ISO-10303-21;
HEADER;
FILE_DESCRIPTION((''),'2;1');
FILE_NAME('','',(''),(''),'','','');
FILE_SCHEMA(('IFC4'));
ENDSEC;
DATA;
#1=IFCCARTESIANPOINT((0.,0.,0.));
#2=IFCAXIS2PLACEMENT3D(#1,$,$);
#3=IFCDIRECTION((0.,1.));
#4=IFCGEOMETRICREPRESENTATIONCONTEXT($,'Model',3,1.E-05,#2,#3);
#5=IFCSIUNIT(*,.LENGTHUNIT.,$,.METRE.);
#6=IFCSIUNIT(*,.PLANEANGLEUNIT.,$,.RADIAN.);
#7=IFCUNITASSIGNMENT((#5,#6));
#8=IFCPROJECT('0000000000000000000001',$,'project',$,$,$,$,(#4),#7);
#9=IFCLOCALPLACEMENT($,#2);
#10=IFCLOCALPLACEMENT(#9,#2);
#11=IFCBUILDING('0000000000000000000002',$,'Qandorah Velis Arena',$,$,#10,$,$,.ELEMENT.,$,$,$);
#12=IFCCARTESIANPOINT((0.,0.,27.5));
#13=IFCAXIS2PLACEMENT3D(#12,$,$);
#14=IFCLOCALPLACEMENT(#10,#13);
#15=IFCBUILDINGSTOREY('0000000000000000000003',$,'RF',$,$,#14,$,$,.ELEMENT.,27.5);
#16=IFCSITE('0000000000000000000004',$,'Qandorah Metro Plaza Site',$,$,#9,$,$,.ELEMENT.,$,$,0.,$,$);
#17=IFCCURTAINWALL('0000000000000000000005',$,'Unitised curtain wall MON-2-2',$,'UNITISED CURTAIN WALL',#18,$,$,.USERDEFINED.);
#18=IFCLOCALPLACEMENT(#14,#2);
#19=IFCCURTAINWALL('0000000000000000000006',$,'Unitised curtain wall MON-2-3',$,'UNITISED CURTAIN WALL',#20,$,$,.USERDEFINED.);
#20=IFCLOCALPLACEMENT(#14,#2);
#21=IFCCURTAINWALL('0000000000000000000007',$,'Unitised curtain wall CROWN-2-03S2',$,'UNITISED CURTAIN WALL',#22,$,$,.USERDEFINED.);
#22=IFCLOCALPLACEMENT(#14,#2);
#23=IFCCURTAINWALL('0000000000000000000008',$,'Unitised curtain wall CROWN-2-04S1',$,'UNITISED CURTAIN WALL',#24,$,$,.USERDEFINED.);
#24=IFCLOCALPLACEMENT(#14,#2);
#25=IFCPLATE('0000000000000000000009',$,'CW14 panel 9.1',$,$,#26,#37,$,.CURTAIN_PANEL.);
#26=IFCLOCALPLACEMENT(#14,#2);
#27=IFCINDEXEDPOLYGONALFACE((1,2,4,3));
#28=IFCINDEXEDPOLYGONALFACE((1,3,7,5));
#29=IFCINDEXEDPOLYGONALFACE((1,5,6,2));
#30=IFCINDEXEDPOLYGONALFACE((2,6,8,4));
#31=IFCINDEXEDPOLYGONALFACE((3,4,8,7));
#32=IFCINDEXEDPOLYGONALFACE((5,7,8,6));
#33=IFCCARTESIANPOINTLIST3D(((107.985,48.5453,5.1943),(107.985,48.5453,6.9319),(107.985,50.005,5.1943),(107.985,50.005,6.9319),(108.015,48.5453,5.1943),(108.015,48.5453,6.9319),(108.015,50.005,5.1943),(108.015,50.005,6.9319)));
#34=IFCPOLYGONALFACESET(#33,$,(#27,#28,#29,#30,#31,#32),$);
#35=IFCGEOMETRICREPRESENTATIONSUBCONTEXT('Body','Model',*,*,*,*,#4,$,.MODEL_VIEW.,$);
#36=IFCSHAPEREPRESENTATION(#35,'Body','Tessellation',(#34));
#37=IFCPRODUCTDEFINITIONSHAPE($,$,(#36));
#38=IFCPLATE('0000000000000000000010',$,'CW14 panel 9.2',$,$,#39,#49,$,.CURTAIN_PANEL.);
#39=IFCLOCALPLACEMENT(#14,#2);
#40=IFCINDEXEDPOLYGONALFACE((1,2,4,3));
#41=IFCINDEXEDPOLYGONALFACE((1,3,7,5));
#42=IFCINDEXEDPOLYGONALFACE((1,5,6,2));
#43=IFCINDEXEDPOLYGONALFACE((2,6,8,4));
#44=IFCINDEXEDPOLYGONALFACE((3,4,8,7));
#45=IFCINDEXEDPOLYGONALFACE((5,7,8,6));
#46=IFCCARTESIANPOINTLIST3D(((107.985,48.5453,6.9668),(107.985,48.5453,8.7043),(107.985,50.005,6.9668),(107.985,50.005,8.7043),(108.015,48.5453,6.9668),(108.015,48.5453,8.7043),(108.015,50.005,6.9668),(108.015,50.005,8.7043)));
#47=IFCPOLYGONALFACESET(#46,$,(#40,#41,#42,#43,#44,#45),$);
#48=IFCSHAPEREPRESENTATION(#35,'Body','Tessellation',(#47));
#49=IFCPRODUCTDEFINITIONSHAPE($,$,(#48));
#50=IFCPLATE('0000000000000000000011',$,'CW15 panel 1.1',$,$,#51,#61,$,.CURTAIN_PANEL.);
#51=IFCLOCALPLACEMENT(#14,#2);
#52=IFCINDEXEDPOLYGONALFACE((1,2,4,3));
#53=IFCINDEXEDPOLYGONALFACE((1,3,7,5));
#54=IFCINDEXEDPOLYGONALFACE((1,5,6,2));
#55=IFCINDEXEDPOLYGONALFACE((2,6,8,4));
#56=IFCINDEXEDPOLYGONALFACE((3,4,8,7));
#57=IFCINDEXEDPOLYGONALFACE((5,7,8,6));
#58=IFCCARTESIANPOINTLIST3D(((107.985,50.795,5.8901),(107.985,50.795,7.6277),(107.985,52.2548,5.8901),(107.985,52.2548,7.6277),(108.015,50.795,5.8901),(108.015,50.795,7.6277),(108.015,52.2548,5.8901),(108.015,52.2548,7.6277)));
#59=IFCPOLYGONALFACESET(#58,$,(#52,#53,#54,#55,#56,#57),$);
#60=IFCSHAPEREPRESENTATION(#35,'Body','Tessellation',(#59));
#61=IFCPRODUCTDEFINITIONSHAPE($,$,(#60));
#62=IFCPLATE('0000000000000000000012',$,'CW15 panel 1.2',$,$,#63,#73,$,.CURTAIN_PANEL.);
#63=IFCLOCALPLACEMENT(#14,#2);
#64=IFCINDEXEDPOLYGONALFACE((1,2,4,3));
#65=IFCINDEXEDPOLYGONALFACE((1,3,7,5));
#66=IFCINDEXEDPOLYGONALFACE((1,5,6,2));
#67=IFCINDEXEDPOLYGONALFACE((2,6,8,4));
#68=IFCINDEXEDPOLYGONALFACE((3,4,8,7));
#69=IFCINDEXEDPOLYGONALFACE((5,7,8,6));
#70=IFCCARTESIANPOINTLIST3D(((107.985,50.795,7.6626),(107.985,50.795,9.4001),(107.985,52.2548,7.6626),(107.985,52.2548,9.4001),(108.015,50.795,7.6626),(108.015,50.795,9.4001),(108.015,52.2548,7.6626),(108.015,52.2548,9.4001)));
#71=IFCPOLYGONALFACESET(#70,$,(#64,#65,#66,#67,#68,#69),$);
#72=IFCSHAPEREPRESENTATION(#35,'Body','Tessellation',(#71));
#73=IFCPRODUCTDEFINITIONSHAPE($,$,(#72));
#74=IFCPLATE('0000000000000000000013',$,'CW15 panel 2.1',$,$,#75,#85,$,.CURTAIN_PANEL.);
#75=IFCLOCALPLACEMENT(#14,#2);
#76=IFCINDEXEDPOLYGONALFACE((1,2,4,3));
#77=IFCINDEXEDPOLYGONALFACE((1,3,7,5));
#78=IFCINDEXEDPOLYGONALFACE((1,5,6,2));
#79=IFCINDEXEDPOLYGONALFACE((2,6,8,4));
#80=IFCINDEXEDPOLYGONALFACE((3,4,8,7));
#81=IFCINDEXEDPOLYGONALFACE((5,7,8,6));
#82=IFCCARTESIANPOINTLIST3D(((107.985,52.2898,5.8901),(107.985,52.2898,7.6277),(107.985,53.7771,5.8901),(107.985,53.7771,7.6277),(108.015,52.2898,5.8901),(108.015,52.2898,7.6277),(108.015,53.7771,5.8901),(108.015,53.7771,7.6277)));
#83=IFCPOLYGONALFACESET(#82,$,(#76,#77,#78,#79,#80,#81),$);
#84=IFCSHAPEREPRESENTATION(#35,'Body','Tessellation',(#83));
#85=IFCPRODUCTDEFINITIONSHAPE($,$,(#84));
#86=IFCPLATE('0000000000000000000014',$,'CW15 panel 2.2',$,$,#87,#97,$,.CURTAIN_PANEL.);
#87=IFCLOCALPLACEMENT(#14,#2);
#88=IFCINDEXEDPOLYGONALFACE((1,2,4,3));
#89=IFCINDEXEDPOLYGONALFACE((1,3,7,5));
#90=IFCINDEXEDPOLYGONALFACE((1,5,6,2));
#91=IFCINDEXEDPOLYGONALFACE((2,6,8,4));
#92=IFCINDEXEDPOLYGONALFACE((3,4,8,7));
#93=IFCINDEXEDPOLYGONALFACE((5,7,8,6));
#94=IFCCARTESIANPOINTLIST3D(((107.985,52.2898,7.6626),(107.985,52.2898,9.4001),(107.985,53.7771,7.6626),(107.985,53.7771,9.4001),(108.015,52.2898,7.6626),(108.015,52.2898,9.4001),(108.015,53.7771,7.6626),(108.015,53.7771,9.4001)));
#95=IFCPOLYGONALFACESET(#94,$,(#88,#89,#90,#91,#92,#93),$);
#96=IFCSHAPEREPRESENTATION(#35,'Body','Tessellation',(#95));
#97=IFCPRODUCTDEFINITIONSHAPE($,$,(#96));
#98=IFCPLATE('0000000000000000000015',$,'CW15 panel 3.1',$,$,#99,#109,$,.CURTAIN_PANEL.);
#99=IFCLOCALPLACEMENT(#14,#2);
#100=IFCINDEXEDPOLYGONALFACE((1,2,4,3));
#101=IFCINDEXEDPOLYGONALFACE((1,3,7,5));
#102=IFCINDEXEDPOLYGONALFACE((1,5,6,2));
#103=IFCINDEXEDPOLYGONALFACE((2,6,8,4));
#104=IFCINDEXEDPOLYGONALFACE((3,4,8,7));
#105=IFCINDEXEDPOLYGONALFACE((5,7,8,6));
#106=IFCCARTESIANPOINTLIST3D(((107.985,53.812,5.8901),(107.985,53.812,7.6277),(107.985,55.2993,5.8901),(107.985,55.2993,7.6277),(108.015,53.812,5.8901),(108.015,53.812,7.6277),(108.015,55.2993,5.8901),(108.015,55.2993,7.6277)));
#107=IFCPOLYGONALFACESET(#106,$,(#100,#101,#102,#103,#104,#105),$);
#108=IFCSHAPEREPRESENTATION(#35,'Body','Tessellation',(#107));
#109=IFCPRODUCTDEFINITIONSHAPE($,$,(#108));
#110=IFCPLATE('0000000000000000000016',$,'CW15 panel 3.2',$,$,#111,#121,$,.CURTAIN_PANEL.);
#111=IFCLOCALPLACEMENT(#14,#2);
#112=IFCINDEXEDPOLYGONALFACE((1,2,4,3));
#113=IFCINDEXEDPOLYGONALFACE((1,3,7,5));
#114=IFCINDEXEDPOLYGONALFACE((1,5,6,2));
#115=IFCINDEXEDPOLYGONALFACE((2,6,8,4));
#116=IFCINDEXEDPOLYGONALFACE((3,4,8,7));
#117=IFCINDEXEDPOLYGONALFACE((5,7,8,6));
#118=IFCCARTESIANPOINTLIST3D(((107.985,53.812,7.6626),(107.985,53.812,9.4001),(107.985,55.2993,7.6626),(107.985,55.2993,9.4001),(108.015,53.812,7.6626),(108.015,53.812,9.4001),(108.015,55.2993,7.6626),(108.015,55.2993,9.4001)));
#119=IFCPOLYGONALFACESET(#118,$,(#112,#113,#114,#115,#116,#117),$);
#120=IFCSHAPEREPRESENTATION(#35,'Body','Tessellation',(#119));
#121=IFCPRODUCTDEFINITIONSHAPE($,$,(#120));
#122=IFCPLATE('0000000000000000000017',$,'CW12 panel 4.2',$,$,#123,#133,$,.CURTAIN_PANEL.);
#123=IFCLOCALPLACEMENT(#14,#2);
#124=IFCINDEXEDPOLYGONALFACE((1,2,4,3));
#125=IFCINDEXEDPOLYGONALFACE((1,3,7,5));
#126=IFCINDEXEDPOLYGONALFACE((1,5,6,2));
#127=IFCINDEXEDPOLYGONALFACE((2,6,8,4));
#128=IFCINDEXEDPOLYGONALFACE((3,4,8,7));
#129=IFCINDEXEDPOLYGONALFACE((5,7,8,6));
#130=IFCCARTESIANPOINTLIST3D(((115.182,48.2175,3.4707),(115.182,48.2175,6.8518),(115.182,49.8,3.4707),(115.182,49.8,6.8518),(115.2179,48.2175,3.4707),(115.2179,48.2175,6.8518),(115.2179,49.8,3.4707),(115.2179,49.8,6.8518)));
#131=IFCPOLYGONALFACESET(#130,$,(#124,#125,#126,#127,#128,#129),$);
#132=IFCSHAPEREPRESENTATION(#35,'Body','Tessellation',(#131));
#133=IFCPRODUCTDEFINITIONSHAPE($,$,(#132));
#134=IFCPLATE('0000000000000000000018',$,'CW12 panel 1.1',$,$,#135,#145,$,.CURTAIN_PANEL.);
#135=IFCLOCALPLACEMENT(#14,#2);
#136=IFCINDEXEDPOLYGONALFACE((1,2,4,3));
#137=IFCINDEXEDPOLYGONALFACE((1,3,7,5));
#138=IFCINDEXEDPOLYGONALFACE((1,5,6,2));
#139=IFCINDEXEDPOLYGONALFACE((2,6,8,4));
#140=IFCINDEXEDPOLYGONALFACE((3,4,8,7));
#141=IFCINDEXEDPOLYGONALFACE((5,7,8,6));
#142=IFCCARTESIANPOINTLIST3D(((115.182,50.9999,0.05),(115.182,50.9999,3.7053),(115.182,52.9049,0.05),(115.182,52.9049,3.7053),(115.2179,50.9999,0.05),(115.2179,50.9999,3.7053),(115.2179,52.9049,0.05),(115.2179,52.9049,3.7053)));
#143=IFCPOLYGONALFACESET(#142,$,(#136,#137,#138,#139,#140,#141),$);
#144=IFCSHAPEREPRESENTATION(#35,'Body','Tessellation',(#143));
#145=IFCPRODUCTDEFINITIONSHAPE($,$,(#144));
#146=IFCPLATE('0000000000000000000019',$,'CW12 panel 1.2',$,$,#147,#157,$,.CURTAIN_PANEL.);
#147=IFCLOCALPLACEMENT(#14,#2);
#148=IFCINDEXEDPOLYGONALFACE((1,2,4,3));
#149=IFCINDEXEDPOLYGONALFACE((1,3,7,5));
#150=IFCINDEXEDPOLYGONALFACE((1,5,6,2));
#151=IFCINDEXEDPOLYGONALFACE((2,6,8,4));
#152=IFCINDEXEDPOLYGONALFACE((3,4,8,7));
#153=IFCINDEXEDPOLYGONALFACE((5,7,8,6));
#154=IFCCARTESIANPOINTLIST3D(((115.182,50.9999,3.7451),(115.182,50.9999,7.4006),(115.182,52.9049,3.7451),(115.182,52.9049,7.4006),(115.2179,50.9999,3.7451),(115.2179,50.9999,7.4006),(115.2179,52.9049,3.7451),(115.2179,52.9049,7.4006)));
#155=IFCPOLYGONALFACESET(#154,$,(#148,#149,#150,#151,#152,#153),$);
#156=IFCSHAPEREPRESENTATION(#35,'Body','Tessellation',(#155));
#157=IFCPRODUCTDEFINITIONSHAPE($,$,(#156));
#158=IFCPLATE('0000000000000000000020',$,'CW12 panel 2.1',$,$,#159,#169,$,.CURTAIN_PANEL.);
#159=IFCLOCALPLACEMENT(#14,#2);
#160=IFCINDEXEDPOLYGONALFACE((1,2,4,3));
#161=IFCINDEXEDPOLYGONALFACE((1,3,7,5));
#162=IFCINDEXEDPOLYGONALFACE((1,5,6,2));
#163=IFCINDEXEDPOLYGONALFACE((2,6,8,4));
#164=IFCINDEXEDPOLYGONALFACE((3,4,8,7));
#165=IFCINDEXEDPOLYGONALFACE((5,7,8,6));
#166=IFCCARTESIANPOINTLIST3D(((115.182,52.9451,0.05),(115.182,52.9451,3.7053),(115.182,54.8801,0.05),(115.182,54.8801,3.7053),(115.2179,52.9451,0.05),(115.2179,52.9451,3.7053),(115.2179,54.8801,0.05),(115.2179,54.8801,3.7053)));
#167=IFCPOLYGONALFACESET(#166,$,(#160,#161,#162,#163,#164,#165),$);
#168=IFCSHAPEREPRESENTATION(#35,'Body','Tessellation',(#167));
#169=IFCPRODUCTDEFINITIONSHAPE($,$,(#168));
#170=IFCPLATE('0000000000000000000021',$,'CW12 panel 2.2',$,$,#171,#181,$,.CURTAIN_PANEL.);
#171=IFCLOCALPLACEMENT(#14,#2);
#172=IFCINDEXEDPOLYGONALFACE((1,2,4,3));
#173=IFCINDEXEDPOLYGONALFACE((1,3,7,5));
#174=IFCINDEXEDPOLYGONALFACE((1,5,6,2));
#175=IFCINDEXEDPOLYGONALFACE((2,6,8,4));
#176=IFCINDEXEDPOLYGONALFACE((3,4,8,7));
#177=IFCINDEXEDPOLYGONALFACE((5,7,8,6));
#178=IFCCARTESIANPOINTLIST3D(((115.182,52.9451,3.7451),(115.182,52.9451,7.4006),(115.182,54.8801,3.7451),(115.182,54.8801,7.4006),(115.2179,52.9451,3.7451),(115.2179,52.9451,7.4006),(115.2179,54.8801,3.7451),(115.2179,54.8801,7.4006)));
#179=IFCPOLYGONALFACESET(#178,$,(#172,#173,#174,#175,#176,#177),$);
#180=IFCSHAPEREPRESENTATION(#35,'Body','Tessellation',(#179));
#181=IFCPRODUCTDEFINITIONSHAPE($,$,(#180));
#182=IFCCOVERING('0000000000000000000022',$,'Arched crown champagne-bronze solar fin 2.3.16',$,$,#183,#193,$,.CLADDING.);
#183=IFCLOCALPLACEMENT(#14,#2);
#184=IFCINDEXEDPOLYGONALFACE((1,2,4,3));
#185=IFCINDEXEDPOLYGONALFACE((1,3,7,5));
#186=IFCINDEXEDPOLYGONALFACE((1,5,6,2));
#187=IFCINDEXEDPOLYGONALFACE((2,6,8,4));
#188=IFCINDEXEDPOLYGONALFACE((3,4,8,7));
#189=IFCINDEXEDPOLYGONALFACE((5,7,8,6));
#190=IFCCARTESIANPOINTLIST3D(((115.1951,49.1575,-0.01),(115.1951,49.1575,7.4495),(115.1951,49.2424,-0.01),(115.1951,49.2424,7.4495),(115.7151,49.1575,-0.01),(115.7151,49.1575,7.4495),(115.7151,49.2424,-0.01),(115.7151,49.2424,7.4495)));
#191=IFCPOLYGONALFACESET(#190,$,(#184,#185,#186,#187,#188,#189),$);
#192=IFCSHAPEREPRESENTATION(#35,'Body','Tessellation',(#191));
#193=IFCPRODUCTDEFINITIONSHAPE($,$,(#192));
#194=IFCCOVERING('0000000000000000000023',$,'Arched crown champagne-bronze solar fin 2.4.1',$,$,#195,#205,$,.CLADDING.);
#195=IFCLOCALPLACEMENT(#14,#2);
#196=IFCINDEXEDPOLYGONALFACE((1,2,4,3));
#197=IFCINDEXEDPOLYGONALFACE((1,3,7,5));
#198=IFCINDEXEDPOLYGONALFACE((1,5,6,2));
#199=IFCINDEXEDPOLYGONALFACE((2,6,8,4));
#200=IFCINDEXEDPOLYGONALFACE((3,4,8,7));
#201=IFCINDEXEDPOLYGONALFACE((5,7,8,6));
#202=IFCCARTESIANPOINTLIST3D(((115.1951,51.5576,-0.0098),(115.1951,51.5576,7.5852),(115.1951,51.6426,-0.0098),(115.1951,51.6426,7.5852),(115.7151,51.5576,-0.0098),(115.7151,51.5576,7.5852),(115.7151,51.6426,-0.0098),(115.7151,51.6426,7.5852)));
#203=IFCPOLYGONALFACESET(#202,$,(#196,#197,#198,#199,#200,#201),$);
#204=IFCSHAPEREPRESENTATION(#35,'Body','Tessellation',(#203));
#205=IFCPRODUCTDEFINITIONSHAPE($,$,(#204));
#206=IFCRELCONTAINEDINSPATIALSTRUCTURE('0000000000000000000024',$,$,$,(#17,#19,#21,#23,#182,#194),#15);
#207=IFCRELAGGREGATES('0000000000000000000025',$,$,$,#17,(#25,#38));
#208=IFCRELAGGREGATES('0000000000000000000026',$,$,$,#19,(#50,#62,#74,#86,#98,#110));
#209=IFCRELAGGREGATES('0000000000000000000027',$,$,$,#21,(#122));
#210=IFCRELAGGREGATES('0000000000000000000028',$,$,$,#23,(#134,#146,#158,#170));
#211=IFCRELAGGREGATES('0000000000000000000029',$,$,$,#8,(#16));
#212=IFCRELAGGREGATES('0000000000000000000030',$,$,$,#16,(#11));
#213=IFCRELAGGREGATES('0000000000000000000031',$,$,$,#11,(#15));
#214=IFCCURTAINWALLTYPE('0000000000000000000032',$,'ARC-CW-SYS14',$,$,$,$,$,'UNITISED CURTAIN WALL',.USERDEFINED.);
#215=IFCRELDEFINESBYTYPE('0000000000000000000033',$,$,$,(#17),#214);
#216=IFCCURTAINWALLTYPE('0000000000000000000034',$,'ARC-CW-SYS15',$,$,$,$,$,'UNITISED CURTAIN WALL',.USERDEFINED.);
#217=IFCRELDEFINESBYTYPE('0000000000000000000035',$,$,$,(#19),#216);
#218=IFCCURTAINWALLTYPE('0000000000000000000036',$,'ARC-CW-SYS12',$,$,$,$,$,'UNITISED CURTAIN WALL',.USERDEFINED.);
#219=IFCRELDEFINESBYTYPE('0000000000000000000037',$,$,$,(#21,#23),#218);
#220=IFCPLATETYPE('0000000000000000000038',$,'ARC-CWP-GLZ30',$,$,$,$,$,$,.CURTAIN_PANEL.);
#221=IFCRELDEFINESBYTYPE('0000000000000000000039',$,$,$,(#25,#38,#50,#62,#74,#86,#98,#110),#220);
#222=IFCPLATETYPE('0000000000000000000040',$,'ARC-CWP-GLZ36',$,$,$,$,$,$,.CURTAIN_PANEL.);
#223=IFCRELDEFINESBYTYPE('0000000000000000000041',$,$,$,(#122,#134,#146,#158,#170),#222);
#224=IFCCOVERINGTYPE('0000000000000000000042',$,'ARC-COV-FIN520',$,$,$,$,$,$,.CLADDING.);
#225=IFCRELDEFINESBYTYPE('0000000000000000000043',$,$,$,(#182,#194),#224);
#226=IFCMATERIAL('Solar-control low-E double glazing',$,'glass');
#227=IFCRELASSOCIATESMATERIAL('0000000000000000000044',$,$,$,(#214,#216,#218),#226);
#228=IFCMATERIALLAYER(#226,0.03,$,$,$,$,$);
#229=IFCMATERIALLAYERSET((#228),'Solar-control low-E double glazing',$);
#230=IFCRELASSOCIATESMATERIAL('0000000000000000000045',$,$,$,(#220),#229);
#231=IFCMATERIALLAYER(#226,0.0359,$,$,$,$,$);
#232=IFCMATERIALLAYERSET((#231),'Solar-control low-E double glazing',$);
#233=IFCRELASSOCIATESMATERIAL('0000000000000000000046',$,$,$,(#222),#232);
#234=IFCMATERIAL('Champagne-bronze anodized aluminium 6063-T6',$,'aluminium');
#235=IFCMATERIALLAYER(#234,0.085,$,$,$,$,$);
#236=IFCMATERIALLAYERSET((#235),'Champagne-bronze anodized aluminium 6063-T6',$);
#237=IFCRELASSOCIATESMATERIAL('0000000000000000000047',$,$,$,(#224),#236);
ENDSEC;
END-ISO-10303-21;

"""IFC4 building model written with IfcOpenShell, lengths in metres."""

from ifc_helpers import new_model, si_unit, direction, frame, origin, origin_2d, place, context, subcontext, project, spatial, rectangle, extrude, material, layer, layer_set, type_object, element, aggregate, save


model = new_model("IFC4")

# Units and contexts
model_context = context("Model", 3, precision=1e-05, world=origin(), true_north=direction((0.0, 1.0)))
body_context = subcontext(model_context, "Body", "Model", "MODEL_VIEW")
ifc_project = project(units=[si_unit("LENGTHUNIT", "METRE"), si_unit("PLANEANGLEUNIT", "RADIAN")], contexts=[model_context])

# Site, building, storey
site_placement = place(None, origin())
site = spatial("IfcSite", under=ifc_project, at=site_placement, Name="Qandorah Metro Plaza Site", CompositionType="ELEMENT", RefElevation=0.0)
building_placement = place(site_placement, origin())
building = spatial("IfcBuilding", under=site, at=building_placement, Name="Qandorah Velis Arena", CompositionType="ELEMENT")
storey_placement = place(building_placement, frame((0.0, 0.0, 27.5)))
storey = spatial("IfcBuildingStorey", under=building, at=storey_placement, Name="RF", CompositionType="ELEMENT", Elevation=27.5)

# Curtain wall
ifc_material_1 = material(Name="Solar-control low-E double glazing", Category="glass")
curtain_wall_type_1 = type_object("IfcCurtainWallType", Name="ARC-CW-SYS14", ElementType="UNITISED CURTAIN WALL", PredefinedType="USERDEFINED", material=ifc_material_1)
curtain_wall_1_placement = place(storey_placement, origin())
curtain_wall_1 = element("IfcCurtainWall", 1, at=curtain_wall_1_placement, inside=storey, type_object=curtain_wall_type_1, Name="Unitised curtain wall MON-2-2", ObjectType="UNITISED CURTAIN WALL", PredefinedType="USERDEFINED")
ifc_material_2 = material(Name="Champagne-bronze anodized aluminium 6063-T6", Category="aluminium")

# Curtain wall
curtain_wall_type_2 = type_object("IfcCurtainWallType", Name="ARC-CW-SYS15", ElementType="UNITISED CURTAIN WALL", PredefinedType="USERDEFINED", material=ifc_material_1)
curtain_wall_2_placement = place(storey_placement, origin())
curtain_wall_2 = element("IfcCurtainWall", 2, at=curtain_wall_2_placement, inside=storey, type_object=curtain_wall_type_2, Name="Unitised curtain wall MON-2-3", ObjectType="UNITISED CURTAIN WALL", PredefinedType="USERDEFINED")

# Curtain wall
curtain_wall_type_3 = type_object("IfcCurtainWallType", Name="ARC-CW-SYS12", ElementType="UNITISED CURTAIN WALL", PredefinedType="USERDEFINED", material=ifc_material_1)
curtain_wall_3_placement = place(storey_placement, origin())
curtain_wall_3 = element("IfcCurtainWall", 3, at=curtain_wall_3_placement, inside=storey, type_object=curtain_wall_type_3, Name="Unitised curtain wall CROWN-2-03S2", ObjectType="UNITISED CURTAIN WALL", PredefinedType="USERDEFINED")

# Curtain wall
curtain_wall_4_placement = place(storey_placement, origin())
curtain_wall_4 = element("IfcCurtainWall", 4, at=curtain_wall_4_placement, inside=storey, type_object=curtain_wall_type_3, Name="Unitised curtain wall CROWN-2-04S1", ObjectType="UNITISED CURTAIN WALL", PredefinedType="USERDEFINED")

# Plates
ifc_layer_1 = layer(ifc_material_1, 0.03)
ifc_layer_set_1 = layer_set([ifc_layer_1], Name="Solar-control low-E double glazing")
plate_type_1 = type_object("IfcPlateType", Name="ARC-CWP-GLZ30", PredefinedType="CURTAIN_PANEL", material=ifc_layer_set_1)
plate_1_placement = place(storey_placement, frame((108.0, 49.2751, 5.1943), z_axis=(0.0, 0.0, 1.0), x_axis=(0.0, 1.0, 0.0)))
plate_1 = element("IfcPlate", 5, at=plate_1_placement, type_object=plate_type_1, Name="CW14 panel 9.1", PredefinedType="CURTAIN_PANEL", context=body_context, shape_type="SweptSolid", body=[
    extrude(rectangle(XDim=1.4597, YDim=0.03, at=origin_2d()), origin(), (0.0, 0.0, 1.0), 1.7375),
])
plate_2_placement = place(storey_placement, frame((108.0, 49.2751, 6.9668), z_axis=(0.0, 0.0, 1.0), x_axis=(0.0, 1.0, 0.0)))
plate_2 = element("IfcPlate", 6, at=plate_2_placement, type_object=plate_type_1, Name="CW14 panel 9.2", PredefinedType="CURTAIN_PANEL", context=body_context, shape_type="SweptSolid", body=[
    extrude(rectangle(XDim=1.4597, YDim=0.03, at=origin_2d()), origin(), (0.0, 0.0, 1.0), 1.7375),
])
aggregate(curtain_wall_1, [plate_1, plate_2])
plate_3_placement = place(storey_placement, frame((108.0, 51.5249, 5.8901), z_axis=(0.0, 0.0, 1.0), x_axis=(0.0, 1.0, 0.0)))
plate_3 = element("IfcPlate", 7, at=plate_3_placement, type_object=plate_type_1, Name="CW15 panel 1.1", PredefinedType="CURTAIN_PANEL", context=body_context, shape_type="SweptSolid", body=[
    extrude(rectangle(XDim=1.4597, YDim=0.03, at=origin_2d()), origin(), (0.0, 0.0, 1.0), 1.7375),
])
plate_4_placement = place(storey_placement, frame((108.0, 51.5249, 7.6626), z_axis=(0.0, 0.0, 1.0), x_axis=(0.0, 1.0, 0.0)))
plate_4 = element("IfcPlate", 8, at=plate_4_placement, type_object=plate_type_1, Name="CW15 panel 1.2", PredefinedType="CURTAIN_PANEL", context=body_context, shape_type="SweptSolid", body=[
    extrude(rectangle(XDim=1.4597, YDim=0.03, at=origin_2d()), origin(), (0.0, 0.0, 1.0), 1.7375),
])
plate_5_placement = place(storey_placement, frame((108.0, 53.0334, 5.8901), z_axis=(0.0, 0.0, 1.0), x_axis=(0.0, 1.0, 0.0)))
plate_5 = element("IfcPlate", 9, at=plate_5_placement, type_object=plate_type_1, Name="CW15 panel 2.1", PredefinedType="CURTAIN_PANEL", context=body_context, shape_type="SweptSolid", body=[
    extrude(rectangle(XDim=1.4873, YDim=0.03, at=origin_2d()), origin(), (0.0, 0.0, 1.0), 1.7375),
])
plate_6_placement = place(storey_placement, frame((108.0, 53.0334, 7.6626), z_axis=(0.0, 0.0, 1.0), x_axis=(0.0, 1.0, 0.0)))
plate_6 = element("IfcPlate", 10, at=plate_6_placement, type_object=plate_type_1, Name="CW15 panel 2.2", PredefinedType="CURTAIN_PANEL", context=body_context, shape_type="SweptSolid", body=[
    extrude(rectangle(XDim=1.4873, YDim=0.03, at=origin_2d()), origin(), (0.0, 0.0, 1.0), 1.7375),
])
plate_7_placement = place(storey_placement, frame((108.0, 54.5557, 5.8901), z_axis=(0.0, 0.0, 1.0), x_axis=(0.0, 1.0, 0.0)))
plate_7 = element("IfcPlate", 11, at=plate_7_placement, type_object=plate_type_1, Name="CW15 panel 3.1", PredefinedType="CURTAIN_PANEL", context=body_context, shape_type="SweptSolid", body=[
    extrude(rectangle(XDim=1.4873, YDim=0.03, at=origin_2d()), origin(), (0.0, 0.0, 1.0), 1.7375),
])
plate_8_placement = place(storey_placement, frame((108.0, 54.5557, 7.6626), z_axis=(0.0, 0.0, 1.0), x_axis=(0.0, 1.0, 0.0)))
plate_8 = element("IfcPlate", 12, at=plate_8_placement, type_object=plate_type_1, Name="CW15 panel 3.2", PredefinedType="CURTAIN_PANEL", context=body_context, shape_type="SweptSolid", body=[
    extrude(rectangle(XDim=1.4873, YDim=0.03, at=origin_2d()), origin(), (0.0, 0.0, 1.0), 1.7375),
])
aggregate(curtain_wall_2, [plate_3, plate_4, plate_5, plate_6, plate_7, plate_8])
ifc_layer_2 = layer(ifc_material_1, 0.0359)
ifc_layer_set_2 = layer_set([ifc_layer_2], Name="Solar-control low-E double glazing")
plate_type_2 = type_object("IfcPlateType", Name="ARC-CWP-GLZ36", PredefinedType="CURTAIN_PANEL", material=ifc_layer_set_2)
plate_9_placement = place(storey_placement, frame((115.2, 49.0088, 3.4707), z_axis=(0.0, 0.0, 1.0), x_axis=(0.0, 1.0, 0.0)))
plate_9 = element("IfcPlate", 13, at=plate_9_placement, type_object=plate_type_2, Name="CW12 panel 4.2", PredefinedType="CURTAIN_PANEL", context=body_context, shape_type="SweptSolid", body=[
    extrude(rectangle(XDim=1.5825, YDim=0.0359, at=origin_2d()), origin(), (0.0, 0.0, 1.0), 3.3811),
])
aggregate(curtain_wall_3, [plate_9])
plate_10_placement = place(storey_placement, frame((115.2, 51.9524, 0.05), z_axis=(0.0, 0.0, 1.0), x_axis=(0.0, 1.0, 0.0)))
plate_10 = element("IfcPlate", 14, at=plate_10_placement, type_object=plate_type_2, Name="CW12 panel 1.1", PredefinedType="CURTAIN_PANEL", context=body_context, shape_type="SweptSolid", body=[
    extrude(rectangle(XDim=1.905, YDim=0.0359, at=origin_2d()), origin(), (0.0, 0.0, 1.0), 3.6553),
])
plate_11_placement = place(storey_placement, frame((115.2, 51.9524, 3.7451), z_axis=(0.0, 0.0, 1.0), x_axis=(0.0, 1.0, 0.0)))
plate_11 = element("IfcPlate", 15, at=plate_11_placement, type_object=plate_type_2, Name="CW12 panel 1.2", PredefinedType="CURTAIN_PANEL", context=body_context, shape_type="SweptSolid", body=[
    extrude(rectangle(XDim=1.905, YDim=0.0359, at=origin_2d()), origin(), (0.0, 0.0, 1.0), 3.6555),
])
plate_12_placement = place(storey_placement, frame((115.2, 53.9126, 0.05), z_axis=(0.0, 0.0, 1.0), x_axis=(0.0, 1.0, 0.0)))
plate_12 = element("IfcPlate", 16, at=plate_12_placement, type_object=plate_type_2, Name="CW12 panel 2.1", PredefinedType="CURTAIN_PANEL", context=body_context, shape_type="SweptSolid", body=[
    extrude(rectangle(XDim=1.9351, YDim=0.0359, at=origin_2d()), origin(), (0.0, 0.0, 1.0), 3.6553),
])
plate_13_placement = place(storey_placement, frame((115.2, 53.9126, 3.7451), z_axis=(0.0, 0.0, 1.0), x_axis=(0.0, 1.0, 0.0)))
plate_13 = element("IfcPlate", 17, at=plate_13_placement, type_object=plate_type_2, Name="CW12 panel 2.2", PredefinedType="CURTAIN_PANEL", context=body_context, shape_type="SweptSolid", body=[
    extrude(rectangle(XDim=1.9351, YDim=0.0359, at=origin_2d()), origin(), (0.0, 0.0, 1.0), 3.6555),
])
aggregate(curtain_wall_4, [plate_10, plate_11, plate_12, plate_13])

# Coverings
ifc_layer_3 = layer(ifc_material_2, 0.085)
ifc_layer_set_3 = layer_set([ifc_layer_3], Name="Champagne-bronze anodized aluminium 6063-T6")
covering_type = type_object("IfcCoveringType", Name="ARC-COV-FIN520", PredefinedType="CLADDING", material=ifc_layer_set_3)
covering_1_placement = place(storey_placement, frame((115.4551, 49.2, -0.01), z_axis=(0.0, 0.0, 1.0), x_axis=(1.0, 0.0, 0.0)))
element("IfcCovering", 18, at=covering_1_placement, inside=storey, type_object=covering_type, Name="Arched crown champagne-bronze solar fin 2.3.16", PredefinedType="CLADDING", context=body_context, shape_type="SweptSolid", body=[
    extrude(rectangle(XDim=0.52, YDim=0.085, at=origin_2d()), origin(), (0.0, 0.0, 1.0), 7.4595),
])
covering_2_placement = place(storey_placement, frame((115.4551, 51.6001, -0.0098), z_axis=(0.0, 0.0, 1.0), x_axis=(1.0, 0.0, 0.0)))
element("IfcCovering", 19, at=covering_2_placement, inside=storey, type_object=covering_type, Name="Arched crown champagne-bronze solar fin 2.4.1", PredefinedType="CLADDING", context=body_context, shape_type="SweptSolid", body=[
    extrude(rectangle(XDim=0.52, YDim=0.085, at=origin_2d()), origin(), (0.0, 0.0, 1.0), 7.595),
])

save(model, "model.ifc")
